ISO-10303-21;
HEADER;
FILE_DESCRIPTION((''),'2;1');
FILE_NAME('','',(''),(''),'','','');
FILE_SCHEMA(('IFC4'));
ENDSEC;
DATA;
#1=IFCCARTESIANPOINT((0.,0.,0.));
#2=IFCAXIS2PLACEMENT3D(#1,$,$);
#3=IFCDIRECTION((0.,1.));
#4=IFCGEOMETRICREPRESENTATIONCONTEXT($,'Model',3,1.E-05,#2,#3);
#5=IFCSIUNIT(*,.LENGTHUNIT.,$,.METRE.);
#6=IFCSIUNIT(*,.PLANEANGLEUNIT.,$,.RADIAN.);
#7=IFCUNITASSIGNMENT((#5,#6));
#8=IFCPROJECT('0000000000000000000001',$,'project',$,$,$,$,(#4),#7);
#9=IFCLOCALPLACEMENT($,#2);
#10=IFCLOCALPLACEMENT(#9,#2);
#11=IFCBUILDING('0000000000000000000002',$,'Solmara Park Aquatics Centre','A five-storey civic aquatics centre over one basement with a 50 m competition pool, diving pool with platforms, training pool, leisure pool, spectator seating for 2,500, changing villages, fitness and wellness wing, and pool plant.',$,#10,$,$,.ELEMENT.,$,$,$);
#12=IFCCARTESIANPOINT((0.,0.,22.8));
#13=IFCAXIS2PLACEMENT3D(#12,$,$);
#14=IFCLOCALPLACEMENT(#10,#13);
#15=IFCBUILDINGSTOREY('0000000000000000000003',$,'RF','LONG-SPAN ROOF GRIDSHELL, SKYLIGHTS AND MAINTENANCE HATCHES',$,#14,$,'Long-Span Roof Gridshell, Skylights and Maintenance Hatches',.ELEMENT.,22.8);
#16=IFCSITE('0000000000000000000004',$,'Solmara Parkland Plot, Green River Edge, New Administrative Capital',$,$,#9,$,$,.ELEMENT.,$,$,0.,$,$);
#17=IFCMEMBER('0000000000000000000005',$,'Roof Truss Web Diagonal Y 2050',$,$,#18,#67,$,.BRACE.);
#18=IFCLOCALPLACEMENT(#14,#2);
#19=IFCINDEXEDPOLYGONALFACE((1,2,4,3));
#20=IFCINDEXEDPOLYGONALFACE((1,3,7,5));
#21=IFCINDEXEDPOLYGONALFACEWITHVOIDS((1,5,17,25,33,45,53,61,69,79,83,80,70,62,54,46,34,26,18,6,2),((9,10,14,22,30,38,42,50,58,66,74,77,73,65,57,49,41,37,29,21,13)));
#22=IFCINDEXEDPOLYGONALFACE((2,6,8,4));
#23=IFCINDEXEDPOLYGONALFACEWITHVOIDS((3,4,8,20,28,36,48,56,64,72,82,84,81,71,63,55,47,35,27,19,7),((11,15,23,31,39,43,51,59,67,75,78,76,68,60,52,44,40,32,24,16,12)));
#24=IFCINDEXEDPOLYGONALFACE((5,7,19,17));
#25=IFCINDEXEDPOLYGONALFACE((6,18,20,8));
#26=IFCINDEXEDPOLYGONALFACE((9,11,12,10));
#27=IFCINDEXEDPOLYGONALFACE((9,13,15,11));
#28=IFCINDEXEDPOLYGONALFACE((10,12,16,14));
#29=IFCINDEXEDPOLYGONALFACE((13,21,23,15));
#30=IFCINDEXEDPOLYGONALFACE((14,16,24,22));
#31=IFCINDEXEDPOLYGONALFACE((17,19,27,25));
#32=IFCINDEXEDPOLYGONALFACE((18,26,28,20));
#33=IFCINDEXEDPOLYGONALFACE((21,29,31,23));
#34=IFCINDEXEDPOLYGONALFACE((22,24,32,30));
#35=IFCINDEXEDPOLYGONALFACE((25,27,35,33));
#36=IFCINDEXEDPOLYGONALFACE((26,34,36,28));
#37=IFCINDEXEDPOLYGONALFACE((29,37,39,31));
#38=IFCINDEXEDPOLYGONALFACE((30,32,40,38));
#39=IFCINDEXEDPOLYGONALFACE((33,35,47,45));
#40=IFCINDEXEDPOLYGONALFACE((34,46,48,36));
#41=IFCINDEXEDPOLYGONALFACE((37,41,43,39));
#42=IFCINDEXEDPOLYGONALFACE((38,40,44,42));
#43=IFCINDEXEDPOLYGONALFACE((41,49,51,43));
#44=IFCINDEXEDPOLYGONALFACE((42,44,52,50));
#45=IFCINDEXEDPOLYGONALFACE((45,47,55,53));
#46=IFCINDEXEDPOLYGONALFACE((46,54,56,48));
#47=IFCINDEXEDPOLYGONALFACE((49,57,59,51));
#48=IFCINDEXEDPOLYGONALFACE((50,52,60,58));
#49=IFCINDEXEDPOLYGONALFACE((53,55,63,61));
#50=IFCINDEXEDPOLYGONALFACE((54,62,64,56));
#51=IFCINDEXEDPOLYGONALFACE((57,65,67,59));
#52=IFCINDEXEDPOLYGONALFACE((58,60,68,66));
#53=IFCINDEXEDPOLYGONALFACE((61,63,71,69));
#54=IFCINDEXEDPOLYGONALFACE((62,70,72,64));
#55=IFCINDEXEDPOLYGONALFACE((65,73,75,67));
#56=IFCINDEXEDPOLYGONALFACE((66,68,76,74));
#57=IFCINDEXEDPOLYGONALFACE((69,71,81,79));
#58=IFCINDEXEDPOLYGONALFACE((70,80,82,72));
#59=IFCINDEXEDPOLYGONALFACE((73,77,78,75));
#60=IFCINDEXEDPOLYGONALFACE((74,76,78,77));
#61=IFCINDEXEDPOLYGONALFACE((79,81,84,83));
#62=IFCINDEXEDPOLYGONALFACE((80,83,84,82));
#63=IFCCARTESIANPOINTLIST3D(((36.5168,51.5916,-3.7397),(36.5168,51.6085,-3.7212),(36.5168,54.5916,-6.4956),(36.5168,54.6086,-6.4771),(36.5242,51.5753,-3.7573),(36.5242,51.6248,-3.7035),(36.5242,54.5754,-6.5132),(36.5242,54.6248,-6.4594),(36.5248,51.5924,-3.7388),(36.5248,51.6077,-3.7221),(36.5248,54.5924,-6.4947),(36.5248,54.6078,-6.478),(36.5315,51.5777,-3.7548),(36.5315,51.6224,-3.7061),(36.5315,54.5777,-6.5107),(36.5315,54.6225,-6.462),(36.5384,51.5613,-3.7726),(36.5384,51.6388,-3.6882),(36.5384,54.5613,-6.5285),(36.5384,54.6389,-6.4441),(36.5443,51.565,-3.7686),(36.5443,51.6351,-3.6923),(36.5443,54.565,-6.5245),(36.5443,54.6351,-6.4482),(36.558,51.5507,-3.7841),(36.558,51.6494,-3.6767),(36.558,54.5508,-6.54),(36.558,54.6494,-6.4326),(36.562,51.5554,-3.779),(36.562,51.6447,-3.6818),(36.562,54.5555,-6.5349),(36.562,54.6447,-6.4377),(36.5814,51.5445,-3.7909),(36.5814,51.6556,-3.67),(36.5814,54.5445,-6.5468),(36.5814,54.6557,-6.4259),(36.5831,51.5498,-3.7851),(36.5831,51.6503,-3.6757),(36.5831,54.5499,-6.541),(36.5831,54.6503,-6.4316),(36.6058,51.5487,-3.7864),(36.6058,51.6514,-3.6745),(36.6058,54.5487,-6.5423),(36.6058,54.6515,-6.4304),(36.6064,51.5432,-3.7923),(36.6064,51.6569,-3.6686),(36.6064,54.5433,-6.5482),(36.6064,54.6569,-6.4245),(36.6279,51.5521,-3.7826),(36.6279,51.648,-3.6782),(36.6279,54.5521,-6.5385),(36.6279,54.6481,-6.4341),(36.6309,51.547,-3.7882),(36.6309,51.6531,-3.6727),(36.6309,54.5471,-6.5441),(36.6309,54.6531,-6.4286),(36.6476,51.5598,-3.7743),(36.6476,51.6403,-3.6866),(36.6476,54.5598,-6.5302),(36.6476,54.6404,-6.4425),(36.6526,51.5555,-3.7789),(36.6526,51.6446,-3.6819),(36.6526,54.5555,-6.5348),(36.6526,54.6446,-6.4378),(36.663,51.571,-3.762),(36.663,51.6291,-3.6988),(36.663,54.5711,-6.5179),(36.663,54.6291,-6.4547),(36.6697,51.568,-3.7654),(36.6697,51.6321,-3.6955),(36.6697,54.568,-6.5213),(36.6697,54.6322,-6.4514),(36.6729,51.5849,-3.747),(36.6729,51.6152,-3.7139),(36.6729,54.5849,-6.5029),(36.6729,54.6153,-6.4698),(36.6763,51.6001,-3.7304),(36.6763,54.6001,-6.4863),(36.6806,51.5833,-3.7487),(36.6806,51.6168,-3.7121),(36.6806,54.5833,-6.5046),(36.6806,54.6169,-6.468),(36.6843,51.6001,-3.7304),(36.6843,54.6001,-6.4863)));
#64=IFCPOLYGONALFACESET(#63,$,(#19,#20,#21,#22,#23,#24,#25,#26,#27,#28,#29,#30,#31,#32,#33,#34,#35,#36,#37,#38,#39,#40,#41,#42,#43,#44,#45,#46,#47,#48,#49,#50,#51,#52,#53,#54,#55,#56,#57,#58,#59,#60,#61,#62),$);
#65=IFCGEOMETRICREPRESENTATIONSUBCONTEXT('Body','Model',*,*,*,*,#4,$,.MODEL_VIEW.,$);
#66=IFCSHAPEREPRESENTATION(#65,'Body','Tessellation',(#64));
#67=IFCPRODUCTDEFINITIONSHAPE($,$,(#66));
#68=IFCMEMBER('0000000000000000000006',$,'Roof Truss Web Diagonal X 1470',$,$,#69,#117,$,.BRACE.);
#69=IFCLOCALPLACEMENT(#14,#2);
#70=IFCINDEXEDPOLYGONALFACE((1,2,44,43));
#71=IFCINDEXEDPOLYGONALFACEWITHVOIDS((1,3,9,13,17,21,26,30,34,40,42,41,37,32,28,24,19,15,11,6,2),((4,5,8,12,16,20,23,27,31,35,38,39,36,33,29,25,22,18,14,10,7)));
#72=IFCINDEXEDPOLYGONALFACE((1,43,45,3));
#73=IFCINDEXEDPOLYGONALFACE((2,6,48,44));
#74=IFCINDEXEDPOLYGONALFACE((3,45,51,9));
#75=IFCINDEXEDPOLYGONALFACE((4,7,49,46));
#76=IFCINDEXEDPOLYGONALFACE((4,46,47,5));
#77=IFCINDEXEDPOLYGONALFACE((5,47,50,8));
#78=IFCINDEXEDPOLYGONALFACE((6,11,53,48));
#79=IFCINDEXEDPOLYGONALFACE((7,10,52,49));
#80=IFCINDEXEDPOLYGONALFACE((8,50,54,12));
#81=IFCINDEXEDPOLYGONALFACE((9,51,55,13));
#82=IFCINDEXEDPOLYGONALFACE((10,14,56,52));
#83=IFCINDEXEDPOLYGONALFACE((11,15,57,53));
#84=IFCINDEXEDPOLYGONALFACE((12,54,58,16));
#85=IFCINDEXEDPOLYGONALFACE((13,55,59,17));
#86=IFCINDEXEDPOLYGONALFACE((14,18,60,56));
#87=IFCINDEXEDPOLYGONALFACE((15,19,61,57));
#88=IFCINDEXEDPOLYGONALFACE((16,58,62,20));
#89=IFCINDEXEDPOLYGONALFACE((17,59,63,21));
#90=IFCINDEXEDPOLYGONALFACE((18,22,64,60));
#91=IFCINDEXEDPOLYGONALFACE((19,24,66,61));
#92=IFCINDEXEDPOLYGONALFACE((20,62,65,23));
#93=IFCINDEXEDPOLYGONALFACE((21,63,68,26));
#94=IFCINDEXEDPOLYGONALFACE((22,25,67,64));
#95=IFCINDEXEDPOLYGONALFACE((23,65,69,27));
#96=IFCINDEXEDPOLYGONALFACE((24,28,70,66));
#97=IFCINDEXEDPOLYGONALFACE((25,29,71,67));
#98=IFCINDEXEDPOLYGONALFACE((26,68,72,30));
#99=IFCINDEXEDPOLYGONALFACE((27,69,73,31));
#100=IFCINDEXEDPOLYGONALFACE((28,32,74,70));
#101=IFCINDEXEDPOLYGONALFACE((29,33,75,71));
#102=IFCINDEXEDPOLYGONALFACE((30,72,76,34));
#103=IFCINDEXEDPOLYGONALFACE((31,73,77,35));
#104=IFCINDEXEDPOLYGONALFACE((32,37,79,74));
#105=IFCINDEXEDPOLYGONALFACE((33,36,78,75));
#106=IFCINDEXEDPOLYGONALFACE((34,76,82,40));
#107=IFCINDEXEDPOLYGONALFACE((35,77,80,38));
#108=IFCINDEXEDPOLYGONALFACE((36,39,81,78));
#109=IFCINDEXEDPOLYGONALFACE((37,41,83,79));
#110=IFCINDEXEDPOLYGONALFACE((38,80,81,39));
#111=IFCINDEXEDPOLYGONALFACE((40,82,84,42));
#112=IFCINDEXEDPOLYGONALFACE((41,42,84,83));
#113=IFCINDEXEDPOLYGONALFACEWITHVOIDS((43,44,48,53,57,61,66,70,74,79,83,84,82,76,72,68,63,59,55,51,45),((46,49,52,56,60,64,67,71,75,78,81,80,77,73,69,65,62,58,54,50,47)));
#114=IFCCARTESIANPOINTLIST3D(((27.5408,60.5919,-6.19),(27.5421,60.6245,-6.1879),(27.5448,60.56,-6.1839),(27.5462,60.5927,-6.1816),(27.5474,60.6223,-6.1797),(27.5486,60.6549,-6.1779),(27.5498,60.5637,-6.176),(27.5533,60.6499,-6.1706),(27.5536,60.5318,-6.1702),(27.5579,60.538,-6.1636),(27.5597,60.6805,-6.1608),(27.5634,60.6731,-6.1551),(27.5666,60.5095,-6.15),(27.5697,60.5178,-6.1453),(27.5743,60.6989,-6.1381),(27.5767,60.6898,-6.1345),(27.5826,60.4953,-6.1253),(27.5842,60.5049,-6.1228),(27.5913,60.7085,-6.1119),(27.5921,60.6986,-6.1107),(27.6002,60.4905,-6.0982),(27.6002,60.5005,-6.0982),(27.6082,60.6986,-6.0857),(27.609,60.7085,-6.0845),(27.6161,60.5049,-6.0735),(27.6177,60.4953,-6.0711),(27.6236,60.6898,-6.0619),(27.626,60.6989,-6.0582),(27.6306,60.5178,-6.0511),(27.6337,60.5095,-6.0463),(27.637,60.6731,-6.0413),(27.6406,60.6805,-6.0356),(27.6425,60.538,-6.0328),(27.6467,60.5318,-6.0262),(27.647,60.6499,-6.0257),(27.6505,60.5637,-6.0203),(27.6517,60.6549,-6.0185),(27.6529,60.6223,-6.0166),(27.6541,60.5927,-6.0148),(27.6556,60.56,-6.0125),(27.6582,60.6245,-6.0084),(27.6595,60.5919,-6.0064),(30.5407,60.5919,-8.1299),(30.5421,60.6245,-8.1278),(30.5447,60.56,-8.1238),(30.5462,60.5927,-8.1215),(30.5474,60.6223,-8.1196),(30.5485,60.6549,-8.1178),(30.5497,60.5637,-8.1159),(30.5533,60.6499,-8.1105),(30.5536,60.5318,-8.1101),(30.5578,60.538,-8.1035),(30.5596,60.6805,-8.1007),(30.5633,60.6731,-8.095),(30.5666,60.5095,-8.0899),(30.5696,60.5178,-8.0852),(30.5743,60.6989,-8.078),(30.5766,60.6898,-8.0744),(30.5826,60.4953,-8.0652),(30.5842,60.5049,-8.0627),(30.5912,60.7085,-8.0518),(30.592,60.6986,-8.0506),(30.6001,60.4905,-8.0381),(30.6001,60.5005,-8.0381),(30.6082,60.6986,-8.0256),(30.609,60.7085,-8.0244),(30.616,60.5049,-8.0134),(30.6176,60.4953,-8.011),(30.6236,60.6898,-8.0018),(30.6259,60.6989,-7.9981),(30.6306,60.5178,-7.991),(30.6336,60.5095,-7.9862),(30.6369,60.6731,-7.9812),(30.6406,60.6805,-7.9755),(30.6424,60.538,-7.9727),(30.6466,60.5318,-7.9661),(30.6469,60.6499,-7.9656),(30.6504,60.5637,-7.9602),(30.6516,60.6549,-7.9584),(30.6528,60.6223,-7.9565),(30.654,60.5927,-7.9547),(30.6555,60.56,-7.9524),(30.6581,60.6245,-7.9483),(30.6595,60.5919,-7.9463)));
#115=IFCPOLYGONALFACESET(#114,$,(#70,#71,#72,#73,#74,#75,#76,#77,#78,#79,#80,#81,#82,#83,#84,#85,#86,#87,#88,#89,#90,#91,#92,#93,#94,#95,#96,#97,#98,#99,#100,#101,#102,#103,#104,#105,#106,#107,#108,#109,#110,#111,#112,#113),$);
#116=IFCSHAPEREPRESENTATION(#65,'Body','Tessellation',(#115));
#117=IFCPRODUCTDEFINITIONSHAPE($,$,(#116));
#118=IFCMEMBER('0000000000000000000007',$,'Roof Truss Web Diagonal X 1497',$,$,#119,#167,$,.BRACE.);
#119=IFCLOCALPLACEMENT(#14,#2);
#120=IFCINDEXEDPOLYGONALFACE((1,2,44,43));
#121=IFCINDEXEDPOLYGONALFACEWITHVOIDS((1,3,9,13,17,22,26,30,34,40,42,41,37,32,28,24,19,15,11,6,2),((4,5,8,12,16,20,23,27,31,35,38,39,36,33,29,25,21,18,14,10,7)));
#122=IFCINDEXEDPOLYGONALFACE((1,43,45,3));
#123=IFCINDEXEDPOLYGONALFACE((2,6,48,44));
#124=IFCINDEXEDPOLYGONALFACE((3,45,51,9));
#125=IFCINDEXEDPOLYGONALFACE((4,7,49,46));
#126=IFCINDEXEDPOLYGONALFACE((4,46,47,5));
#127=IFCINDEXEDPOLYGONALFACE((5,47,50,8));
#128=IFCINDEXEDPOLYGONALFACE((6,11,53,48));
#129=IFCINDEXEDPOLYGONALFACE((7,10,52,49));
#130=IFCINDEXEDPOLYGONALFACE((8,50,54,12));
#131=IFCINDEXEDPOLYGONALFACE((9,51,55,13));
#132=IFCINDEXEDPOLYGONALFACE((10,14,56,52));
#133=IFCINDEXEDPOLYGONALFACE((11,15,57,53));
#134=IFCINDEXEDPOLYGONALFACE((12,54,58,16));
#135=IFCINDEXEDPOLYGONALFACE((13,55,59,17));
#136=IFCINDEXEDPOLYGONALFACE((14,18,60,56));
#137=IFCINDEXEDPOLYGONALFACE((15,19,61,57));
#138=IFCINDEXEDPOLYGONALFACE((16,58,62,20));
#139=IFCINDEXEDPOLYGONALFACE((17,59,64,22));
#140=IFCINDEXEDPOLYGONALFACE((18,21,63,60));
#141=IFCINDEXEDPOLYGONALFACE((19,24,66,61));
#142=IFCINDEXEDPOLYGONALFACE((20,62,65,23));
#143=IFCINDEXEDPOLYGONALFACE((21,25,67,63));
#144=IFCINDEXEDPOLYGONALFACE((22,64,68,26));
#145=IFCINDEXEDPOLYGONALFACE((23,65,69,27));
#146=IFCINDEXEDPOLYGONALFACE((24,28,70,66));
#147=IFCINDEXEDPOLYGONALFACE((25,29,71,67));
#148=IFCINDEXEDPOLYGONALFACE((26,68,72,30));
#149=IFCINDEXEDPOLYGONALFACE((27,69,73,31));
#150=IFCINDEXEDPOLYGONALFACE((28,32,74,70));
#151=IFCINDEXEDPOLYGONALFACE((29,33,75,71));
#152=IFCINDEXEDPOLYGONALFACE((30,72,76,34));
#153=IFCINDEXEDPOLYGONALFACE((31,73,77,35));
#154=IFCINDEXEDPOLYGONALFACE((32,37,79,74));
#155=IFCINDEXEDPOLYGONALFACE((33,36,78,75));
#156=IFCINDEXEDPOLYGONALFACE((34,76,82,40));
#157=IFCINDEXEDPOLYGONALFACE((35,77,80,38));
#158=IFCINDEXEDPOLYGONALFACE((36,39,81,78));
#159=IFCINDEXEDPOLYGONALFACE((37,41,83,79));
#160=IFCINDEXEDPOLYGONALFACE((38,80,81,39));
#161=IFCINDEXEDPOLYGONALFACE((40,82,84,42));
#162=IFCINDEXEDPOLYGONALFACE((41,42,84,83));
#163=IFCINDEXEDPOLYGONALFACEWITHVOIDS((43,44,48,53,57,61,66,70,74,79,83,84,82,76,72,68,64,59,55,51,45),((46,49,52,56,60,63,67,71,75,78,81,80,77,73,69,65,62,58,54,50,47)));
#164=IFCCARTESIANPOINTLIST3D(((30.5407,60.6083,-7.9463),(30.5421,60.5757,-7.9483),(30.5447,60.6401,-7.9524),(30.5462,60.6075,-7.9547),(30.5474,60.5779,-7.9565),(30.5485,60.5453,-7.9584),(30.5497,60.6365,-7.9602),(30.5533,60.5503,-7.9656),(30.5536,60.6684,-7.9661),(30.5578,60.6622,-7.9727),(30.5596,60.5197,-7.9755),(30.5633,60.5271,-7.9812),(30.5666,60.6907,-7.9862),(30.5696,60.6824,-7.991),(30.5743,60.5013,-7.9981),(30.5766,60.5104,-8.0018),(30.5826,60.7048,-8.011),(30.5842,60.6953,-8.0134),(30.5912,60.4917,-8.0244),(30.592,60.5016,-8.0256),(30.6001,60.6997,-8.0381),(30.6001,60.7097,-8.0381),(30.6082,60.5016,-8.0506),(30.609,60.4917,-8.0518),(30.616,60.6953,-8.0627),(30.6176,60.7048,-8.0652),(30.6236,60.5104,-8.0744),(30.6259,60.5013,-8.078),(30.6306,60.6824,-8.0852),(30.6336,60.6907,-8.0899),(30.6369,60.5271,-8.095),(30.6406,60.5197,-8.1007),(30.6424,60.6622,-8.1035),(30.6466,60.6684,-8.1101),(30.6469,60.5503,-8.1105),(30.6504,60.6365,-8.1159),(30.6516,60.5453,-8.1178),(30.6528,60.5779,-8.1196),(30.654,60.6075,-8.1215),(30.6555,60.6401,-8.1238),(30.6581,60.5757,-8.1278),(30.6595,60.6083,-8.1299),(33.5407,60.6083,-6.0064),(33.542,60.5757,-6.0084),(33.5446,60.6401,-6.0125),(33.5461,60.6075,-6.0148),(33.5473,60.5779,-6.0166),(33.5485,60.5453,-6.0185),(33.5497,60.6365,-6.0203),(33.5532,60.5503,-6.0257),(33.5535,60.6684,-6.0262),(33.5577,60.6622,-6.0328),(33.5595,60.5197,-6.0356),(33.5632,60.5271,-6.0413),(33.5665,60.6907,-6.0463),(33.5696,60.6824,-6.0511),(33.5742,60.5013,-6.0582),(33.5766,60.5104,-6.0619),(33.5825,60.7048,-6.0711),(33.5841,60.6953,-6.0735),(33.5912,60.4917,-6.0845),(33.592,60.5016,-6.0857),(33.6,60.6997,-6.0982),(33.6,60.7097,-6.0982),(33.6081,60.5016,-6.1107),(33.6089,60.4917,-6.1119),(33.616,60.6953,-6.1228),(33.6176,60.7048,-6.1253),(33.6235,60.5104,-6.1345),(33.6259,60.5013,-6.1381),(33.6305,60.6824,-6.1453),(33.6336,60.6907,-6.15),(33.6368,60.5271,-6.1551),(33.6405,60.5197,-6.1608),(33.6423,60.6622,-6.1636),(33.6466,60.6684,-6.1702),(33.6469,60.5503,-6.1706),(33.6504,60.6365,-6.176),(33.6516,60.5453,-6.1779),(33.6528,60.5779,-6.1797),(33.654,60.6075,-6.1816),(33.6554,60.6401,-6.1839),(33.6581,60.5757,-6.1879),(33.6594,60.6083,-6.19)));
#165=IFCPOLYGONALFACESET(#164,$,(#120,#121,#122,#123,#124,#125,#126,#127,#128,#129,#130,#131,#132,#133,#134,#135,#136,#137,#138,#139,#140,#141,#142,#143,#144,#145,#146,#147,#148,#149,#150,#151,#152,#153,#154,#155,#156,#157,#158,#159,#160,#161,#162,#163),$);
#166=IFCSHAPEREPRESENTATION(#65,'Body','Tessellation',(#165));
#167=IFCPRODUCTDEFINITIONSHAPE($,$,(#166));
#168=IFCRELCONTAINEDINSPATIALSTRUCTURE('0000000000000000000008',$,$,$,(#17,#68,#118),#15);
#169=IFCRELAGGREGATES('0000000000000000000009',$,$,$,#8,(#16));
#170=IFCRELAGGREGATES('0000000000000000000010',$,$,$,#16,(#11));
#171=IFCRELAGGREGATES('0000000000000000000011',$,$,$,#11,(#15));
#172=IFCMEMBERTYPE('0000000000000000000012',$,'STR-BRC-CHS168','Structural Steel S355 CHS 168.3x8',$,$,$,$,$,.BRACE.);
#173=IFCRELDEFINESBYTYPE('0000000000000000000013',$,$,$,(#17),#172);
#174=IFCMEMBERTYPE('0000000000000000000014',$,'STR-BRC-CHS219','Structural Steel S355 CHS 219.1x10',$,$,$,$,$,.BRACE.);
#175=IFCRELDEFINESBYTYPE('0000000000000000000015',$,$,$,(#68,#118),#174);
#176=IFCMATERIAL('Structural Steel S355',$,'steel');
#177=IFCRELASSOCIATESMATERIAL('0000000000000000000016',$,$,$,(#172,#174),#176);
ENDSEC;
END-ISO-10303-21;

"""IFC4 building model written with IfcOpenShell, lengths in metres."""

from ifc_helpers import new_model, si_unit, direction, frame, origin, origin_2d, place, context, subcontext, project, spatial, hollow_circle, extrude, material, material_profile, profile_set, type_object, element, save


model = new_model("IFC4")

# Units and contexts
model_context = context("Model", 3, precision=1e-05, world=origin(), true_north=direction((0.0, 1.0)))
body_context = subcontext(model_context, "Body", "Model", "MODEL_VIEW")
ifc_project = project(units=[si_unit("LENGTHUNIT", "METRE"), si_unit("PLANEANGLEUNIT", "RADIAN")], contexts=[model_context])

# Site, building, storey
site_placement = place(None, origin())
site = spatial("IfcSite", under=ifc_project, at=site_placement, Name="Solmara Parkland Plot, Green River Edge, New Administrative Capital", CompositionType="ELEMENT", RefElevation=0.0)
building_placement = place(site_placement, origin())
building = spatial("IfcBuilding", under=site, at=building_placement, Name="Solmara Park Aquatics Centre", Description="A five-storey civic aquatics centre over one basement with a 50 m competition pool, diving pool with platforms, training pool, leisure pool, spectator seating for 2,500, changing villages, fitness and wellness wing, and pool plant.", CompositionType="ELEMENT")
storey_placement = place(building_placement, frame((0.0, 0.0, 22.8)))
storey = spatial("IfcBuildingStorey", under=building, at=storey_placement, Name="RF", Description="LONG-SPAN ROOF GRIDSHELL, SKYLIGHTS AND MAINTENANCE HATCHES", LongName="Long-Span Roof Gridshell, Skylights and Maintenance Hatches", CompositionType="ELEMENT", Elevation=22.8)

# Members
ifc_material_1 = material(Name="Structural Steel S355", Category="steel")
ifc_material_profile_1 = material_profile(ifc_material_1, hollow_circle(Radius=0.0842, WallThickness=0.0081, at=origin_2d()), Name="CHS 168.3x8")
ifc_profile_set_1 = profile_set([ifc_material_profile_1], Name="Structural Steel S355")
member_type_1 = type_object("IfcMemberType", Name="STR-BRC-CHS168", Description="Structural Steel S355 CHS 168.3x8", PredefinedType="BRACE", material=ifc_profile_set_1)
member_1_placement = place(storey_placement, frame((36.6001, 54.6001, -6.4863), z_axis=(0.0, -0.736437, 0.676506), x_axis=(1.0, 0.0, 0.0)))
element("IfcMember", 1, at=member_1_placement, inside=storey, type_object=member_type_1, Name="Roof Truss Web Diagonal Y 2050", PredefinedType="BRACE", context=body_context, shape_type="SweptSolid", body=[
    extrude(hollow_circle(Radius=0.0842, WallThickness=0.0081, at=origin_2d()), origin(), (0.0, 0.0, 1.0), 4.0737),
])
ifc_material_profile_2 = material_profile(ifc_material_1, hollow_circle(Radius=0.1096, WallThickness=0.01, at=origin_2d()), Name="CHS 219.1x10")
ifc_profile_set_2 = profile_set([ifc_material_profile_2], Name="Structural Steel S355")
member_type_2 = type_object("IfcMemberType", Name="STR-BRC-CHS219", Description="Structural Steel S355 CHS 219.1x10", PredefinedType="BRACE", material=ifc_profile_set_2)
for number, where, z_axis, x_axis, name in (
    (2, (30.6001, 60.6001, -8.0381), (-0.839728, 0.0, 0.543008), (0.0, -1.0, 0.0), "Roof Truss Web Diagonal X 1470"),
    (3, (30.6001, 60.6001, -8.0381), (0.839728, 0.0, 0.543008), (0.0, 1.0, 0.0), "Roof Truss Web Diagonal X 1497"),
):
    element("IfcMember", number, at=place(storey_placement, frame(where, z_axis=z_axis, x_axis=x_axis)), inside=storey, type_object=member_type_2, Name=name, PredefinedType="BRACE", context=body_context, shape_type="SweptSolid", body=[
        extrude(hollow_circle(Radius=0.1096, WallThickness=0.01, at=origin_2d()), origin(), (0.0, 0.0, 1.0), 3.5725),
    ])

save(model, "model.ifc")
